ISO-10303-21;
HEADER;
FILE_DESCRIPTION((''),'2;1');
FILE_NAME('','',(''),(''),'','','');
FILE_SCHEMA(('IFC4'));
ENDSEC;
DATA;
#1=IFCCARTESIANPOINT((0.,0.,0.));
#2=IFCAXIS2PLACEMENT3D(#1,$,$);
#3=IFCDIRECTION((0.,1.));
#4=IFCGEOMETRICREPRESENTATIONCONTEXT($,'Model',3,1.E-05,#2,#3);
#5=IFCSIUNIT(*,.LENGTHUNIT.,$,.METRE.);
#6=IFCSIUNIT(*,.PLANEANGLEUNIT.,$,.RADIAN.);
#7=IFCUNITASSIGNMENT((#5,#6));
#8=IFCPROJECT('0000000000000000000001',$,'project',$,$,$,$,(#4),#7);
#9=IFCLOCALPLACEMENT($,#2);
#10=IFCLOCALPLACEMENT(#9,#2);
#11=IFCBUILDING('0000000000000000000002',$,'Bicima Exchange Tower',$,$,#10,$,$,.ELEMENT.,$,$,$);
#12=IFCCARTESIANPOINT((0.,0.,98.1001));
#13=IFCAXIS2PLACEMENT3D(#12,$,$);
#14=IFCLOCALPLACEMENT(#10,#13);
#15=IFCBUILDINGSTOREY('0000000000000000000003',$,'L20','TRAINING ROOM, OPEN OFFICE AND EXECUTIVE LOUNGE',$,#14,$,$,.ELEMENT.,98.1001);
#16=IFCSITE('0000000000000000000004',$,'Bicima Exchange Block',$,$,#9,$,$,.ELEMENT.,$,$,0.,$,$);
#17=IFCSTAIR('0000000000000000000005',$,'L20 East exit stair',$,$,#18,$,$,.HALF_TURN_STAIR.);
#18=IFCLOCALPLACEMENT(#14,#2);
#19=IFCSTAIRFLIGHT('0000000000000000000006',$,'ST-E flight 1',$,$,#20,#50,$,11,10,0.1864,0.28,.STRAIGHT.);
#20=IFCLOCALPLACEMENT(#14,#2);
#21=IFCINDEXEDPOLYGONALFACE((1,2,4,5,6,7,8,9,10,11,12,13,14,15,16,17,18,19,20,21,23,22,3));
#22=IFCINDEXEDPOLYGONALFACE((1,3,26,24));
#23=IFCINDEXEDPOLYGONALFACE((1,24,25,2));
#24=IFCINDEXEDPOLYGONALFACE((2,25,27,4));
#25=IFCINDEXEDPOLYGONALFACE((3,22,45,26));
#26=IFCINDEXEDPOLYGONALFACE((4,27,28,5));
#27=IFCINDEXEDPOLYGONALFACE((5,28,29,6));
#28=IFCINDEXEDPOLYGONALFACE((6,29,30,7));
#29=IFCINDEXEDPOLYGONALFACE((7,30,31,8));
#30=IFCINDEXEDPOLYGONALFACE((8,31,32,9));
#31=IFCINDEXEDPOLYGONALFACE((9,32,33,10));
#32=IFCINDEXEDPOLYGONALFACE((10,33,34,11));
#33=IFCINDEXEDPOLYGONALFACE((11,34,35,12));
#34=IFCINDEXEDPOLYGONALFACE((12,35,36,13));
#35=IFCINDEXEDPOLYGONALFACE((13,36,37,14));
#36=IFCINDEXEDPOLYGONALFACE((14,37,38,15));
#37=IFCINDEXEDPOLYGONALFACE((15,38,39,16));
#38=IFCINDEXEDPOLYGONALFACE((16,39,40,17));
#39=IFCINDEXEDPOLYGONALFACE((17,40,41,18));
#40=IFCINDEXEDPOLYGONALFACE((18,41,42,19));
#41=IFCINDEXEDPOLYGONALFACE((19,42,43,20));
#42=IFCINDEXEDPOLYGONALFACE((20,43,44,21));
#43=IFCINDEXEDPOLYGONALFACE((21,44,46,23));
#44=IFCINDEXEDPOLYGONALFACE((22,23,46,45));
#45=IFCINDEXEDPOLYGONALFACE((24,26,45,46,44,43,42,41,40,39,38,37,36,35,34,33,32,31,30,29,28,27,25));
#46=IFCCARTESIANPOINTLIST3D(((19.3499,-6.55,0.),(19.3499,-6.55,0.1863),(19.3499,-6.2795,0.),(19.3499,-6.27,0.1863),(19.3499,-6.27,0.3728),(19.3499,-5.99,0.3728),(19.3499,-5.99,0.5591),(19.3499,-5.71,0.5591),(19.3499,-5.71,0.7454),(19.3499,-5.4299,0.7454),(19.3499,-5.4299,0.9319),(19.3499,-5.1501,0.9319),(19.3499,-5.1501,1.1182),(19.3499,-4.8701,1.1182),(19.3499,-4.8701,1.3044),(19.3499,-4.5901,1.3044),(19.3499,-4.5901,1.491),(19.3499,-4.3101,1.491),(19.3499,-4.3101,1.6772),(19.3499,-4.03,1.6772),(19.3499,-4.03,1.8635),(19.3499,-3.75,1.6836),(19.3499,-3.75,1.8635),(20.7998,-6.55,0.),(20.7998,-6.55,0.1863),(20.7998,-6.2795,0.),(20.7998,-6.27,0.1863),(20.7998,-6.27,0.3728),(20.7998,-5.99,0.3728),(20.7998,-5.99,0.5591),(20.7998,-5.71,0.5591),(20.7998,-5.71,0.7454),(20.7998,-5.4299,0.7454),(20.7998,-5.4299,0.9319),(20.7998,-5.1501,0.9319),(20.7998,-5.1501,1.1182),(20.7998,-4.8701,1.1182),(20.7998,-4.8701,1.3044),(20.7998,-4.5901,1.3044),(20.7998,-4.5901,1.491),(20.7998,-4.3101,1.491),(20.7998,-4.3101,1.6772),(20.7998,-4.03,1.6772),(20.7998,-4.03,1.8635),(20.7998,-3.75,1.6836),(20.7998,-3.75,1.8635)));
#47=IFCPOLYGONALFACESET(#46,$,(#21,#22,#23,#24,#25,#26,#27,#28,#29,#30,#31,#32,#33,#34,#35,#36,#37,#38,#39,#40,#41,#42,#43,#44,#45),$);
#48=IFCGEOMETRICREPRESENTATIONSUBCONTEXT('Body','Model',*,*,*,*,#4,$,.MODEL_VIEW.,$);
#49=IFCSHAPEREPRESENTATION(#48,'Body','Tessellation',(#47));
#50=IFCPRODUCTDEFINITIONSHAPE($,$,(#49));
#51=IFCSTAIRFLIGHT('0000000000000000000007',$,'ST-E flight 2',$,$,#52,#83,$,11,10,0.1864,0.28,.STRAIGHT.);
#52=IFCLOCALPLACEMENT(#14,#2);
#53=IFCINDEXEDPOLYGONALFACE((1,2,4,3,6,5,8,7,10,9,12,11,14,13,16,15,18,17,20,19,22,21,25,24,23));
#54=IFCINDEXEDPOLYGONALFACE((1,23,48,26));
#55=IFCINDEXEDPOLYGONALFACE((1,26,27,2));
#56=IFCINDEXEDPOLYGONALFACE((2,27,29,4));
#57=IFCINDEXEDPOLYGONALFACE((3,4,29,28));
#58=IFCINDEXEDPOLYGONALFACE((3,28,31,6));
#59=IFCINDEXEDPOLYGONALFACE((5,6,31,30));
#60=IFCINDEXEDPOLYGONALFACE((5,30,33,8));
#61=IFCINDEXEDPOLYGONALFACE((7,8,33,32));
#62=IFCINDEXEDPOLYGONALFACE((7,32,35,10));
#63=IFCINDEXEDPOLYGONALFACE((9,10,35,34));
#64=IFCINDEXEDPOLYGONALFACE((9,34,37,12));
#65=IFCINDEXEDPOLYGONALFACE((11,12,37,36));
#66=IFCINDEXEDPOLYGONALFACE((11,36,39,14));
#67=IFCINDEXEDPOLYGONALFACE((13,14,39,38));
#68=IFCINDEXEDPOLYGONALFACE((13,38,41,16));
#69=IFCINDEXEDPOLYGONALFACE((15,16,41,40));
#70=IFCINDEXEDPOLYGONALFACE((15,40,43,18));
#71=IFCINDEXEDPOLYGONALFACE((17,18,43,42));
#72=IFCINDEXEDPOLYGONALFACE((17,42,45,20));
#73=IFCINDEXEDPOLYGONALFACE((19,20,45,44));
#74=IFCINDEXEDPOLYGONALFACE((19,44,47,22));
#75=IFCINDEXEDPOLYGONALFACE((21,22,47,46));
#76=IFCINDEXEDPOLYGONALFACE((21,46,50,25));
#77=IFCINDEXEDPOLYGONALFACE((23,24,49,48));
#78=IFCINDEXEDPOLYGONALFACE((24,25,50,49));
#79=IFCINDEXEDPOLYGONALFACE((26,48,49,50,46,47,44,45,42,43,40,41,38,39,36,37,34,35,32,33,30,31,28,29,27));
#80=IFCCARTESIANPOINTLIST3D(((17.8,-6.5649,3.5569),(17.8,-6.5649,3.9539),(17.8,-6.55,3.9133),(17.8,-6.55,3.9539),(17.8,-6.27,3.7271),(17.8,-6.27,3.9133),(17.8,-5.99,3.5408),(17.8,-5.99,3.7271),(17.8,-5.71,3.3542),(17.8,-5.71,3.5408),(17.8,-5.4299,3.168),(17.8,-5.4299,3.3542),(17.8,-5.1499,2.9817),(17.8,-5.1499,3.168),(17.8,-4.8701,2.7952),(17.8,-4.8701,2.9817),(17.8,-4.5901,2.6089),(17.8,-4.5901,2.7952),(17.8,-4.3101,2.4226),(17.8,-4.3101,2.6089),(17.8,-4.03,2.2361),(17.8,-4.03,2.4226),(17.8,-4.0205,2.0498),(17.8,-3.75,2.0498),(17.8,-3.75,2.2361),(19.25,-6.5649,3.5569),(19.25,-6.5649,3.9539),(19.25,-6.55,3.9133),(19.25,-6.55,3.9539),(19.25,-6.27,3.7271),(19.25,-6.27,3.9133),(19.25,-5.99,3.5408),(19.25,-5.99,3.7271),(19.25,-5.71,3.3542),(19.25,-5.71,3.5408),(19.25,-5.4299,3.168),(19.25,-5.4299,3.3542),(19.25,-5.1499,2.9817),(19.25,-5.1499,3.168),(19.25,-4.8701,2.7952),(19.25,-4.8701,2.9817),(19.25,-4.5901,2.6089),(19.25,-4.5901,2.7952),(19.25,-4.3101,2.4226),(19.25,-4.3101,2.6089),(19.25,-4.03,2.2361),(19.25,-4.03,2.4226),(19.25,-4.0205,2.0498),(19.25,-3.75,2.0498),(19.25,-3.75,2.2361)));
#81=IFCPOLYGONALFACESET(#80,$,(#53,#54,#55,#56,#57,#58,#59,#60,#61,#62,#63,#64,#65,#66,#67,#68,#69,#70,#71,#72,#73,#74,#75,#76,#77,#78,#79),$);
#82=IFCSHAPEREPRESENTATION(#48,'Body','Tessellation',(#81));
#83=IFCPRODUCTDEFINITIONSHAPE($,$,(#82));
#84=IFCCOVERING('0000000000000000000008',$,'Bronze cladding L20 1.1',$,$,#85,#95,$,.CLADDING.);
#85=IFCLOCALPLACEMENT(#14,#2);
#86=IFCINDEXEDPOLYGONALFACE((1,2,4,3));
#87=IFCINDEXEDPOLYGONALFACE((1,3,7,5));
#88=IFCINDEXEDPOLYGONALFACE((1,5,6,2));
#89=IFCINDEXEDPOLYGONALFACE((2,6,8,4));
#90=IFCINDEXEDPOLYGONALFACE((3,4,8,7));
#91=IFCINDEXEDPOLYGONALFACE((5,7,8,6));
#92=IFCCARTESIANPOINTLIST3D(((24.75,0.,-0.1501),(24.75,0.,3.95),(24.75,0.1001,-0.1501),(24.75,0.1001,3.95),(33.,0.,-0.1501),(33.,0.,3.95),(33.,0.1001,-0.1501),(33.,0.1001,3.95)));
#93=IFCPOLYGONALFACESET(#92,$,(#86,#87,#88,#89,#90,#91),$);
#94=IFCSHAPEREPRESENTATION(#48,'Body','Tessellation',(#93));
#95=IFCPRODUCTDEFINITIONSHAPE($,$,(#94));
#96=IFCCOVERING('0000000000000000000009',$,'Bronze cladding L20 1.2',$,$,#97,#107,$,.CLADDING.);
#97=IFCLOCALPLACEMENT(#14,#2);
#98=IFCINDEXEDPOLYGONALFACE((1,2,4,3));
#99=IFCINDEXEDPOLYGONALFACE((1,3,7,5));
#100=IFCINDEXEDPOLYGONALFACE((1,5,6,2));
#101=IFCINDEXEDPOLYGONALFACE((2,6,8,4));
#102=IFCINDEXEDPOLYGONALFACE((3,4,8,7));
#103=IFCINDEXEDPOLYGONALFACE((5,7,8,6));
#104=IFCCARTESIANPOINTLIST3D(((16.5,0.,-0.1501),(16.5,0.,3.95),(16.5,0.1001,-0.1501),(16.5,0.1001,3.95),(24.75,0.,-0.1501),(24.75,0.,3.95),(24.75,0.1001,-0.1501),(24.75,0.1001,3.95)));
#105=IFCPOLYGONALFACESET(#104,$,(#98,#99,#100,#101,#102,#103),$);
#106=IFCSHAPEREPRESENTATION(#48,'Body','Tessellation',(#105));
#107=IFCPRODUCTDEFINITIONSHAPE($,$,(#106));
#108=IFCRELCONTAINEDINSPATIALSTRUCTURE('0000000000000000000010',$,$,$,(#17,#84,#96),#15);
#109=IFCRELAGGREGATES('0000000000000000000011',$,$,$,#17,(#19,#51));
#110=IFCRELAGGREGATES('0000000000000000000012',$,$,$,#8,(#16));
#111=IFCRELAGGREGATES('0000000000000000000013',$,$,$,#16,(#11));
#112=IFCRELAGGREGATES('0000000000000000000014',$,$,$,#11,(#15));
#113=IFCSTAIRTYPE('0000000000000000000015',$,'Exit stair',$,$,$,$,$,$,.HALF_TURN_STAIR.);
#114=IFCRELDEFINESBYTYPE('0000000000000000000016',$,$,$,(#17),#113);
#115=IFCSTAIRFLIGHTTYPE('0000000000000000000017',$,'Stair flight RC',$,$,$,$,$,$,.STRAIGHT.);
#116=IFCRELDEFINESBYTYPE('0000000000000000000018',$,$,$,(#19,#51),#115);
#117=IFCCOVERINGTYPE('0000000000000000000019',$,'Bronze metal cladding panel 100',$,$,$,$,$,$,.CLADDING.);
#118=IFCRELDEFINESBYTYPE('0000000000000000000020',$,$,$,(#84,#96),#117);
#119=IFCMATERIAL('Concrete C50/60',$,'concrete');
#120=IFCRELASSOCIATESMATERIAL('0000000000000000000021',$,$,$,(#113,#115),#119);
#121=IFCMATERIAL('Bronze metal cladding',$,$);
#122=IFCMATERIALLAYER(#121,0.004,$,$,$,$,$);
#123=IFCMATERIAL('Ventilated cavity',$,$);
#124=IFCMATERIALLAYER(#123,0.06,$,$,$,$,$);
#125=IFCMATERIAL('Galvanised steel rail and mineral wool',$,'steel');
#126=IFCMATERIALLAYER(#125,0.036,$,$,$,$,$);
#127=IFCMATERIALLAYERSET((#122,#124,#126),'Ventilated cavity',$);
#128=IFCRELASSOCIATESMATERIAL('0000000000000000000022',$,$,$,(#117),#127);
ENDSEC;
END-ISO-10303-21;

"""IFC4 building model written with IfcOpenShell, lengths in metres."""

from ifc_helpers import new_model, si_unit, direction, frame, origin, origin_2d, place, context, subcontext, project, spatial, polyline, rectangle, outline, extrude, material, layer, layer_set, type_object, element, aggregate, save


model = new_model("IFC4")

# Units and contexts
model_context = context("Model", 3, precision=1e-05, world=origin(), true_north=direction((0.0, 1.0)))
body_context = subcontext(model_context, "Body", "Model", "MODEL_VIEW")
ifc_project = project(units=[si_unit("LENGTHUNIT", "METRE"), si_unit("PLANEANGLEUNIT", "RADIAN")], contexts=[model_context])

# Site, building, storey
site_placement = place(None, origin())
site = spatial("IfcSite", under=ifc_project, at=site_placement, Name="Bicima Exchange Block", CompositionType="ELEMENT", RefElevation=0.0)
building_placement = place(site_placement, origin())
building = spatial("IfcBuilding", under=site, at=building_placement, Name="Bicima Exchange Tower", CompositionType="ELEMENT")
storey_placement = place(building_placement, frame((0.0, 0.0, 98.1001)))
storey = spatial("IfcBuildingStorey", under=building, at=storey_placement, Name="L20", Description="TRAINING ROOM, OPEN OFFICE AND EXECUTIVE LOUNGE", CompositionType="ELEMENT", Elevation=98.1001)

# Shared definitions
ifc_material_1 = material(Name="Concrete C50/60", Category="concrete")

# Stair, stair flights
stair_type = type_object("IfcStairType", Name="Exit stair", PredefinedType="HALF_TURN_STAIR", material=ifc_material_1)
stair_placement = place(storey_placement, origin())
stair = element("IfcStair", 1, at=stair_placement, inside=storey, type_object=stair_type, Name="L20 East exit stair", PredefinedType="HALF_TURN_STAIR")
stair_flight_type = type_object("IfcStairFlightType", Name="Stair flight RC", PredefinedType="STRAIGHT", material=ifc_material_1)
stair_flight_1_placement = place(storey_placement, frame((20.075, -6.55, 0.0), z_axis=(0.0, 0.0, 1.0), x_axis=(0.0, 1.0, 0.0)))
stair_flight_1 = element("IfcStairFlight", 2, at=stair_flight_1_placement, type_object=stair_flight_type, Name="ST-E flight 1", NumberOfRisers=11, NumberOfTreads=10, PredefinedType="STRAIGHT", RiserHeight=0.1864, TreadLength=0.28, context=body_context, shape_type="SweptSolid", body=[
    extrude(outline(polyline([(0.0, 0.0), (0.0, 0.1863), (0.28, 0.1863), (0.28, 0.3728), (0.5601, 0.3728), (0.5601, 0.5591), (0.8401, 0.5591), (0.8401, 0.7454), (1.1201, 0.7454), (1.1201, 0.9319), (1.3999, 0.9319), (1.3999, 1.1182), (1.6799, 1.1182), (1.6799, 1.3044), (1.96, 1.3044), (1.96, 1.491), (2.24, 1.491), (2.24, 1.6772), (2.52, 1.6772), (2.52, 1.8635), (2.8, 1.8635), (2.8, 2.05), (2.8, 1.6836), (0.2705, 0.0), (0.0, 0.0)])), frame((0.0, 0.7251, 0.0), z_axis=(0.0, -1.0, 0.0), x_axis=(1.0, 0.0, 0.0)), (0.0, 0.0, 1.0), 1.45),
])
stair_flight_2_placement = place(storey_placement, frame((18.5249, -3.75, 2.0498), z_axis=(0.0, 0.0, 1.0), x_axis=(0.0, -1.0, 0.0)))
stair_flight_2 = element("IfcStairFlight", 3, at=stair_flight_2_placement, type_object=stair_flight_type, Name="ST-E flight 2", NumberOfRisers=11, NumberOfTreads=10, PredefinedType="STRAIGHT", RiserHeight=0.1864, TreadLength=0.28, context=body_context, shape_type="SweptSolid", body=[
    extrude(outline(polyline([(0.0, 0.0), (0.0, 0.1863), (0.28, 0.1863), (0.28, 0.3728), (0.5601, 0.3728), (0.5601, 0.5591), (0.8401, 0.5591), (0.8401, 0.7454), (1.1201, 0.7454), (1.1201, 0.9319), (1.3999, 0.9319), (1.3999, 1.1182), (1.6799, 1.1182), (1.6799, 1.3044), (1.96, 1.3044), (1.96, 1.491), (2.24, 1.491), (2.24, 1.6772), (2.52, 1.6772), (2.52, 1.8635), (2.8, 1.8635), (2.8, 1.9041), (2.8149, 1.9041), (2.8149, 1.5071), (0.2705, 0.0), (0.0, 0.0)])), frame((0.0, 0.7251, 0.0), z_axis=(0.0, -1.0, 0.0), x_axis=(1.0, 0.0, 0.0)), (0.0, 0.0, 1.0), 1.45),
])
aggregate(stair, [stair_flight_1, stair_flight_2])

# Coverings
ifc_material_2 = material(Name="Bronze metal cladding")
ifc_layer_1 = layer(ifc_material_2, 0.004)
ifc_material_3 = material(Name="Ventilated cavity")
ifc_layer_2 = layer(ifc_material_3, 0.06)
ifc_material_4 = material(Name="Galvanised steel rail and mineral wool", Category="steel")
ifc_layer_3 = layer(ifc_material_4, 0.036)
ifc_layer_set_1 = layer_set([ifc_layer_1, ifc_layer_2, ifc_layer_3], Name="Ventilated cavity")
covering_type = type_object("IfcCoveringType", Name="Bronze metal cladding panel 100", PredefinedType="CLADDING", material=ifc_layer_set_1)
for number, where, z_axis, x_axis, name in (
    (4, (28.875, 0.05, -0.1501), (0.0, 0.0, 1.0), (-1.0, 0.0, 0.0), "Bronze cladding L20 1.1"),
    (5, (20.625, 0.05, -0.1501), (0.0, 0.0, 1.0), (-1.0, 0.0, 0.0), "Bronze cladding L20 1.2"),
):
    element("IfcCovering", number, at=place(storey_placement, frame(where, z_axis=z_axis, x_axis=x_axis)), inside=storey, type_object=covering_type, Name=name, PredefinedType="CLADDING", context=body_context, shape_type="SweptSolid", body=[
        extrude(rectangle(XDim=8.25, YDim=0.1001, at=origin_2d()), origin(), (0.0, 0.0, 1.0), 4.1001),
    ])

save(model, "model.ifc")
